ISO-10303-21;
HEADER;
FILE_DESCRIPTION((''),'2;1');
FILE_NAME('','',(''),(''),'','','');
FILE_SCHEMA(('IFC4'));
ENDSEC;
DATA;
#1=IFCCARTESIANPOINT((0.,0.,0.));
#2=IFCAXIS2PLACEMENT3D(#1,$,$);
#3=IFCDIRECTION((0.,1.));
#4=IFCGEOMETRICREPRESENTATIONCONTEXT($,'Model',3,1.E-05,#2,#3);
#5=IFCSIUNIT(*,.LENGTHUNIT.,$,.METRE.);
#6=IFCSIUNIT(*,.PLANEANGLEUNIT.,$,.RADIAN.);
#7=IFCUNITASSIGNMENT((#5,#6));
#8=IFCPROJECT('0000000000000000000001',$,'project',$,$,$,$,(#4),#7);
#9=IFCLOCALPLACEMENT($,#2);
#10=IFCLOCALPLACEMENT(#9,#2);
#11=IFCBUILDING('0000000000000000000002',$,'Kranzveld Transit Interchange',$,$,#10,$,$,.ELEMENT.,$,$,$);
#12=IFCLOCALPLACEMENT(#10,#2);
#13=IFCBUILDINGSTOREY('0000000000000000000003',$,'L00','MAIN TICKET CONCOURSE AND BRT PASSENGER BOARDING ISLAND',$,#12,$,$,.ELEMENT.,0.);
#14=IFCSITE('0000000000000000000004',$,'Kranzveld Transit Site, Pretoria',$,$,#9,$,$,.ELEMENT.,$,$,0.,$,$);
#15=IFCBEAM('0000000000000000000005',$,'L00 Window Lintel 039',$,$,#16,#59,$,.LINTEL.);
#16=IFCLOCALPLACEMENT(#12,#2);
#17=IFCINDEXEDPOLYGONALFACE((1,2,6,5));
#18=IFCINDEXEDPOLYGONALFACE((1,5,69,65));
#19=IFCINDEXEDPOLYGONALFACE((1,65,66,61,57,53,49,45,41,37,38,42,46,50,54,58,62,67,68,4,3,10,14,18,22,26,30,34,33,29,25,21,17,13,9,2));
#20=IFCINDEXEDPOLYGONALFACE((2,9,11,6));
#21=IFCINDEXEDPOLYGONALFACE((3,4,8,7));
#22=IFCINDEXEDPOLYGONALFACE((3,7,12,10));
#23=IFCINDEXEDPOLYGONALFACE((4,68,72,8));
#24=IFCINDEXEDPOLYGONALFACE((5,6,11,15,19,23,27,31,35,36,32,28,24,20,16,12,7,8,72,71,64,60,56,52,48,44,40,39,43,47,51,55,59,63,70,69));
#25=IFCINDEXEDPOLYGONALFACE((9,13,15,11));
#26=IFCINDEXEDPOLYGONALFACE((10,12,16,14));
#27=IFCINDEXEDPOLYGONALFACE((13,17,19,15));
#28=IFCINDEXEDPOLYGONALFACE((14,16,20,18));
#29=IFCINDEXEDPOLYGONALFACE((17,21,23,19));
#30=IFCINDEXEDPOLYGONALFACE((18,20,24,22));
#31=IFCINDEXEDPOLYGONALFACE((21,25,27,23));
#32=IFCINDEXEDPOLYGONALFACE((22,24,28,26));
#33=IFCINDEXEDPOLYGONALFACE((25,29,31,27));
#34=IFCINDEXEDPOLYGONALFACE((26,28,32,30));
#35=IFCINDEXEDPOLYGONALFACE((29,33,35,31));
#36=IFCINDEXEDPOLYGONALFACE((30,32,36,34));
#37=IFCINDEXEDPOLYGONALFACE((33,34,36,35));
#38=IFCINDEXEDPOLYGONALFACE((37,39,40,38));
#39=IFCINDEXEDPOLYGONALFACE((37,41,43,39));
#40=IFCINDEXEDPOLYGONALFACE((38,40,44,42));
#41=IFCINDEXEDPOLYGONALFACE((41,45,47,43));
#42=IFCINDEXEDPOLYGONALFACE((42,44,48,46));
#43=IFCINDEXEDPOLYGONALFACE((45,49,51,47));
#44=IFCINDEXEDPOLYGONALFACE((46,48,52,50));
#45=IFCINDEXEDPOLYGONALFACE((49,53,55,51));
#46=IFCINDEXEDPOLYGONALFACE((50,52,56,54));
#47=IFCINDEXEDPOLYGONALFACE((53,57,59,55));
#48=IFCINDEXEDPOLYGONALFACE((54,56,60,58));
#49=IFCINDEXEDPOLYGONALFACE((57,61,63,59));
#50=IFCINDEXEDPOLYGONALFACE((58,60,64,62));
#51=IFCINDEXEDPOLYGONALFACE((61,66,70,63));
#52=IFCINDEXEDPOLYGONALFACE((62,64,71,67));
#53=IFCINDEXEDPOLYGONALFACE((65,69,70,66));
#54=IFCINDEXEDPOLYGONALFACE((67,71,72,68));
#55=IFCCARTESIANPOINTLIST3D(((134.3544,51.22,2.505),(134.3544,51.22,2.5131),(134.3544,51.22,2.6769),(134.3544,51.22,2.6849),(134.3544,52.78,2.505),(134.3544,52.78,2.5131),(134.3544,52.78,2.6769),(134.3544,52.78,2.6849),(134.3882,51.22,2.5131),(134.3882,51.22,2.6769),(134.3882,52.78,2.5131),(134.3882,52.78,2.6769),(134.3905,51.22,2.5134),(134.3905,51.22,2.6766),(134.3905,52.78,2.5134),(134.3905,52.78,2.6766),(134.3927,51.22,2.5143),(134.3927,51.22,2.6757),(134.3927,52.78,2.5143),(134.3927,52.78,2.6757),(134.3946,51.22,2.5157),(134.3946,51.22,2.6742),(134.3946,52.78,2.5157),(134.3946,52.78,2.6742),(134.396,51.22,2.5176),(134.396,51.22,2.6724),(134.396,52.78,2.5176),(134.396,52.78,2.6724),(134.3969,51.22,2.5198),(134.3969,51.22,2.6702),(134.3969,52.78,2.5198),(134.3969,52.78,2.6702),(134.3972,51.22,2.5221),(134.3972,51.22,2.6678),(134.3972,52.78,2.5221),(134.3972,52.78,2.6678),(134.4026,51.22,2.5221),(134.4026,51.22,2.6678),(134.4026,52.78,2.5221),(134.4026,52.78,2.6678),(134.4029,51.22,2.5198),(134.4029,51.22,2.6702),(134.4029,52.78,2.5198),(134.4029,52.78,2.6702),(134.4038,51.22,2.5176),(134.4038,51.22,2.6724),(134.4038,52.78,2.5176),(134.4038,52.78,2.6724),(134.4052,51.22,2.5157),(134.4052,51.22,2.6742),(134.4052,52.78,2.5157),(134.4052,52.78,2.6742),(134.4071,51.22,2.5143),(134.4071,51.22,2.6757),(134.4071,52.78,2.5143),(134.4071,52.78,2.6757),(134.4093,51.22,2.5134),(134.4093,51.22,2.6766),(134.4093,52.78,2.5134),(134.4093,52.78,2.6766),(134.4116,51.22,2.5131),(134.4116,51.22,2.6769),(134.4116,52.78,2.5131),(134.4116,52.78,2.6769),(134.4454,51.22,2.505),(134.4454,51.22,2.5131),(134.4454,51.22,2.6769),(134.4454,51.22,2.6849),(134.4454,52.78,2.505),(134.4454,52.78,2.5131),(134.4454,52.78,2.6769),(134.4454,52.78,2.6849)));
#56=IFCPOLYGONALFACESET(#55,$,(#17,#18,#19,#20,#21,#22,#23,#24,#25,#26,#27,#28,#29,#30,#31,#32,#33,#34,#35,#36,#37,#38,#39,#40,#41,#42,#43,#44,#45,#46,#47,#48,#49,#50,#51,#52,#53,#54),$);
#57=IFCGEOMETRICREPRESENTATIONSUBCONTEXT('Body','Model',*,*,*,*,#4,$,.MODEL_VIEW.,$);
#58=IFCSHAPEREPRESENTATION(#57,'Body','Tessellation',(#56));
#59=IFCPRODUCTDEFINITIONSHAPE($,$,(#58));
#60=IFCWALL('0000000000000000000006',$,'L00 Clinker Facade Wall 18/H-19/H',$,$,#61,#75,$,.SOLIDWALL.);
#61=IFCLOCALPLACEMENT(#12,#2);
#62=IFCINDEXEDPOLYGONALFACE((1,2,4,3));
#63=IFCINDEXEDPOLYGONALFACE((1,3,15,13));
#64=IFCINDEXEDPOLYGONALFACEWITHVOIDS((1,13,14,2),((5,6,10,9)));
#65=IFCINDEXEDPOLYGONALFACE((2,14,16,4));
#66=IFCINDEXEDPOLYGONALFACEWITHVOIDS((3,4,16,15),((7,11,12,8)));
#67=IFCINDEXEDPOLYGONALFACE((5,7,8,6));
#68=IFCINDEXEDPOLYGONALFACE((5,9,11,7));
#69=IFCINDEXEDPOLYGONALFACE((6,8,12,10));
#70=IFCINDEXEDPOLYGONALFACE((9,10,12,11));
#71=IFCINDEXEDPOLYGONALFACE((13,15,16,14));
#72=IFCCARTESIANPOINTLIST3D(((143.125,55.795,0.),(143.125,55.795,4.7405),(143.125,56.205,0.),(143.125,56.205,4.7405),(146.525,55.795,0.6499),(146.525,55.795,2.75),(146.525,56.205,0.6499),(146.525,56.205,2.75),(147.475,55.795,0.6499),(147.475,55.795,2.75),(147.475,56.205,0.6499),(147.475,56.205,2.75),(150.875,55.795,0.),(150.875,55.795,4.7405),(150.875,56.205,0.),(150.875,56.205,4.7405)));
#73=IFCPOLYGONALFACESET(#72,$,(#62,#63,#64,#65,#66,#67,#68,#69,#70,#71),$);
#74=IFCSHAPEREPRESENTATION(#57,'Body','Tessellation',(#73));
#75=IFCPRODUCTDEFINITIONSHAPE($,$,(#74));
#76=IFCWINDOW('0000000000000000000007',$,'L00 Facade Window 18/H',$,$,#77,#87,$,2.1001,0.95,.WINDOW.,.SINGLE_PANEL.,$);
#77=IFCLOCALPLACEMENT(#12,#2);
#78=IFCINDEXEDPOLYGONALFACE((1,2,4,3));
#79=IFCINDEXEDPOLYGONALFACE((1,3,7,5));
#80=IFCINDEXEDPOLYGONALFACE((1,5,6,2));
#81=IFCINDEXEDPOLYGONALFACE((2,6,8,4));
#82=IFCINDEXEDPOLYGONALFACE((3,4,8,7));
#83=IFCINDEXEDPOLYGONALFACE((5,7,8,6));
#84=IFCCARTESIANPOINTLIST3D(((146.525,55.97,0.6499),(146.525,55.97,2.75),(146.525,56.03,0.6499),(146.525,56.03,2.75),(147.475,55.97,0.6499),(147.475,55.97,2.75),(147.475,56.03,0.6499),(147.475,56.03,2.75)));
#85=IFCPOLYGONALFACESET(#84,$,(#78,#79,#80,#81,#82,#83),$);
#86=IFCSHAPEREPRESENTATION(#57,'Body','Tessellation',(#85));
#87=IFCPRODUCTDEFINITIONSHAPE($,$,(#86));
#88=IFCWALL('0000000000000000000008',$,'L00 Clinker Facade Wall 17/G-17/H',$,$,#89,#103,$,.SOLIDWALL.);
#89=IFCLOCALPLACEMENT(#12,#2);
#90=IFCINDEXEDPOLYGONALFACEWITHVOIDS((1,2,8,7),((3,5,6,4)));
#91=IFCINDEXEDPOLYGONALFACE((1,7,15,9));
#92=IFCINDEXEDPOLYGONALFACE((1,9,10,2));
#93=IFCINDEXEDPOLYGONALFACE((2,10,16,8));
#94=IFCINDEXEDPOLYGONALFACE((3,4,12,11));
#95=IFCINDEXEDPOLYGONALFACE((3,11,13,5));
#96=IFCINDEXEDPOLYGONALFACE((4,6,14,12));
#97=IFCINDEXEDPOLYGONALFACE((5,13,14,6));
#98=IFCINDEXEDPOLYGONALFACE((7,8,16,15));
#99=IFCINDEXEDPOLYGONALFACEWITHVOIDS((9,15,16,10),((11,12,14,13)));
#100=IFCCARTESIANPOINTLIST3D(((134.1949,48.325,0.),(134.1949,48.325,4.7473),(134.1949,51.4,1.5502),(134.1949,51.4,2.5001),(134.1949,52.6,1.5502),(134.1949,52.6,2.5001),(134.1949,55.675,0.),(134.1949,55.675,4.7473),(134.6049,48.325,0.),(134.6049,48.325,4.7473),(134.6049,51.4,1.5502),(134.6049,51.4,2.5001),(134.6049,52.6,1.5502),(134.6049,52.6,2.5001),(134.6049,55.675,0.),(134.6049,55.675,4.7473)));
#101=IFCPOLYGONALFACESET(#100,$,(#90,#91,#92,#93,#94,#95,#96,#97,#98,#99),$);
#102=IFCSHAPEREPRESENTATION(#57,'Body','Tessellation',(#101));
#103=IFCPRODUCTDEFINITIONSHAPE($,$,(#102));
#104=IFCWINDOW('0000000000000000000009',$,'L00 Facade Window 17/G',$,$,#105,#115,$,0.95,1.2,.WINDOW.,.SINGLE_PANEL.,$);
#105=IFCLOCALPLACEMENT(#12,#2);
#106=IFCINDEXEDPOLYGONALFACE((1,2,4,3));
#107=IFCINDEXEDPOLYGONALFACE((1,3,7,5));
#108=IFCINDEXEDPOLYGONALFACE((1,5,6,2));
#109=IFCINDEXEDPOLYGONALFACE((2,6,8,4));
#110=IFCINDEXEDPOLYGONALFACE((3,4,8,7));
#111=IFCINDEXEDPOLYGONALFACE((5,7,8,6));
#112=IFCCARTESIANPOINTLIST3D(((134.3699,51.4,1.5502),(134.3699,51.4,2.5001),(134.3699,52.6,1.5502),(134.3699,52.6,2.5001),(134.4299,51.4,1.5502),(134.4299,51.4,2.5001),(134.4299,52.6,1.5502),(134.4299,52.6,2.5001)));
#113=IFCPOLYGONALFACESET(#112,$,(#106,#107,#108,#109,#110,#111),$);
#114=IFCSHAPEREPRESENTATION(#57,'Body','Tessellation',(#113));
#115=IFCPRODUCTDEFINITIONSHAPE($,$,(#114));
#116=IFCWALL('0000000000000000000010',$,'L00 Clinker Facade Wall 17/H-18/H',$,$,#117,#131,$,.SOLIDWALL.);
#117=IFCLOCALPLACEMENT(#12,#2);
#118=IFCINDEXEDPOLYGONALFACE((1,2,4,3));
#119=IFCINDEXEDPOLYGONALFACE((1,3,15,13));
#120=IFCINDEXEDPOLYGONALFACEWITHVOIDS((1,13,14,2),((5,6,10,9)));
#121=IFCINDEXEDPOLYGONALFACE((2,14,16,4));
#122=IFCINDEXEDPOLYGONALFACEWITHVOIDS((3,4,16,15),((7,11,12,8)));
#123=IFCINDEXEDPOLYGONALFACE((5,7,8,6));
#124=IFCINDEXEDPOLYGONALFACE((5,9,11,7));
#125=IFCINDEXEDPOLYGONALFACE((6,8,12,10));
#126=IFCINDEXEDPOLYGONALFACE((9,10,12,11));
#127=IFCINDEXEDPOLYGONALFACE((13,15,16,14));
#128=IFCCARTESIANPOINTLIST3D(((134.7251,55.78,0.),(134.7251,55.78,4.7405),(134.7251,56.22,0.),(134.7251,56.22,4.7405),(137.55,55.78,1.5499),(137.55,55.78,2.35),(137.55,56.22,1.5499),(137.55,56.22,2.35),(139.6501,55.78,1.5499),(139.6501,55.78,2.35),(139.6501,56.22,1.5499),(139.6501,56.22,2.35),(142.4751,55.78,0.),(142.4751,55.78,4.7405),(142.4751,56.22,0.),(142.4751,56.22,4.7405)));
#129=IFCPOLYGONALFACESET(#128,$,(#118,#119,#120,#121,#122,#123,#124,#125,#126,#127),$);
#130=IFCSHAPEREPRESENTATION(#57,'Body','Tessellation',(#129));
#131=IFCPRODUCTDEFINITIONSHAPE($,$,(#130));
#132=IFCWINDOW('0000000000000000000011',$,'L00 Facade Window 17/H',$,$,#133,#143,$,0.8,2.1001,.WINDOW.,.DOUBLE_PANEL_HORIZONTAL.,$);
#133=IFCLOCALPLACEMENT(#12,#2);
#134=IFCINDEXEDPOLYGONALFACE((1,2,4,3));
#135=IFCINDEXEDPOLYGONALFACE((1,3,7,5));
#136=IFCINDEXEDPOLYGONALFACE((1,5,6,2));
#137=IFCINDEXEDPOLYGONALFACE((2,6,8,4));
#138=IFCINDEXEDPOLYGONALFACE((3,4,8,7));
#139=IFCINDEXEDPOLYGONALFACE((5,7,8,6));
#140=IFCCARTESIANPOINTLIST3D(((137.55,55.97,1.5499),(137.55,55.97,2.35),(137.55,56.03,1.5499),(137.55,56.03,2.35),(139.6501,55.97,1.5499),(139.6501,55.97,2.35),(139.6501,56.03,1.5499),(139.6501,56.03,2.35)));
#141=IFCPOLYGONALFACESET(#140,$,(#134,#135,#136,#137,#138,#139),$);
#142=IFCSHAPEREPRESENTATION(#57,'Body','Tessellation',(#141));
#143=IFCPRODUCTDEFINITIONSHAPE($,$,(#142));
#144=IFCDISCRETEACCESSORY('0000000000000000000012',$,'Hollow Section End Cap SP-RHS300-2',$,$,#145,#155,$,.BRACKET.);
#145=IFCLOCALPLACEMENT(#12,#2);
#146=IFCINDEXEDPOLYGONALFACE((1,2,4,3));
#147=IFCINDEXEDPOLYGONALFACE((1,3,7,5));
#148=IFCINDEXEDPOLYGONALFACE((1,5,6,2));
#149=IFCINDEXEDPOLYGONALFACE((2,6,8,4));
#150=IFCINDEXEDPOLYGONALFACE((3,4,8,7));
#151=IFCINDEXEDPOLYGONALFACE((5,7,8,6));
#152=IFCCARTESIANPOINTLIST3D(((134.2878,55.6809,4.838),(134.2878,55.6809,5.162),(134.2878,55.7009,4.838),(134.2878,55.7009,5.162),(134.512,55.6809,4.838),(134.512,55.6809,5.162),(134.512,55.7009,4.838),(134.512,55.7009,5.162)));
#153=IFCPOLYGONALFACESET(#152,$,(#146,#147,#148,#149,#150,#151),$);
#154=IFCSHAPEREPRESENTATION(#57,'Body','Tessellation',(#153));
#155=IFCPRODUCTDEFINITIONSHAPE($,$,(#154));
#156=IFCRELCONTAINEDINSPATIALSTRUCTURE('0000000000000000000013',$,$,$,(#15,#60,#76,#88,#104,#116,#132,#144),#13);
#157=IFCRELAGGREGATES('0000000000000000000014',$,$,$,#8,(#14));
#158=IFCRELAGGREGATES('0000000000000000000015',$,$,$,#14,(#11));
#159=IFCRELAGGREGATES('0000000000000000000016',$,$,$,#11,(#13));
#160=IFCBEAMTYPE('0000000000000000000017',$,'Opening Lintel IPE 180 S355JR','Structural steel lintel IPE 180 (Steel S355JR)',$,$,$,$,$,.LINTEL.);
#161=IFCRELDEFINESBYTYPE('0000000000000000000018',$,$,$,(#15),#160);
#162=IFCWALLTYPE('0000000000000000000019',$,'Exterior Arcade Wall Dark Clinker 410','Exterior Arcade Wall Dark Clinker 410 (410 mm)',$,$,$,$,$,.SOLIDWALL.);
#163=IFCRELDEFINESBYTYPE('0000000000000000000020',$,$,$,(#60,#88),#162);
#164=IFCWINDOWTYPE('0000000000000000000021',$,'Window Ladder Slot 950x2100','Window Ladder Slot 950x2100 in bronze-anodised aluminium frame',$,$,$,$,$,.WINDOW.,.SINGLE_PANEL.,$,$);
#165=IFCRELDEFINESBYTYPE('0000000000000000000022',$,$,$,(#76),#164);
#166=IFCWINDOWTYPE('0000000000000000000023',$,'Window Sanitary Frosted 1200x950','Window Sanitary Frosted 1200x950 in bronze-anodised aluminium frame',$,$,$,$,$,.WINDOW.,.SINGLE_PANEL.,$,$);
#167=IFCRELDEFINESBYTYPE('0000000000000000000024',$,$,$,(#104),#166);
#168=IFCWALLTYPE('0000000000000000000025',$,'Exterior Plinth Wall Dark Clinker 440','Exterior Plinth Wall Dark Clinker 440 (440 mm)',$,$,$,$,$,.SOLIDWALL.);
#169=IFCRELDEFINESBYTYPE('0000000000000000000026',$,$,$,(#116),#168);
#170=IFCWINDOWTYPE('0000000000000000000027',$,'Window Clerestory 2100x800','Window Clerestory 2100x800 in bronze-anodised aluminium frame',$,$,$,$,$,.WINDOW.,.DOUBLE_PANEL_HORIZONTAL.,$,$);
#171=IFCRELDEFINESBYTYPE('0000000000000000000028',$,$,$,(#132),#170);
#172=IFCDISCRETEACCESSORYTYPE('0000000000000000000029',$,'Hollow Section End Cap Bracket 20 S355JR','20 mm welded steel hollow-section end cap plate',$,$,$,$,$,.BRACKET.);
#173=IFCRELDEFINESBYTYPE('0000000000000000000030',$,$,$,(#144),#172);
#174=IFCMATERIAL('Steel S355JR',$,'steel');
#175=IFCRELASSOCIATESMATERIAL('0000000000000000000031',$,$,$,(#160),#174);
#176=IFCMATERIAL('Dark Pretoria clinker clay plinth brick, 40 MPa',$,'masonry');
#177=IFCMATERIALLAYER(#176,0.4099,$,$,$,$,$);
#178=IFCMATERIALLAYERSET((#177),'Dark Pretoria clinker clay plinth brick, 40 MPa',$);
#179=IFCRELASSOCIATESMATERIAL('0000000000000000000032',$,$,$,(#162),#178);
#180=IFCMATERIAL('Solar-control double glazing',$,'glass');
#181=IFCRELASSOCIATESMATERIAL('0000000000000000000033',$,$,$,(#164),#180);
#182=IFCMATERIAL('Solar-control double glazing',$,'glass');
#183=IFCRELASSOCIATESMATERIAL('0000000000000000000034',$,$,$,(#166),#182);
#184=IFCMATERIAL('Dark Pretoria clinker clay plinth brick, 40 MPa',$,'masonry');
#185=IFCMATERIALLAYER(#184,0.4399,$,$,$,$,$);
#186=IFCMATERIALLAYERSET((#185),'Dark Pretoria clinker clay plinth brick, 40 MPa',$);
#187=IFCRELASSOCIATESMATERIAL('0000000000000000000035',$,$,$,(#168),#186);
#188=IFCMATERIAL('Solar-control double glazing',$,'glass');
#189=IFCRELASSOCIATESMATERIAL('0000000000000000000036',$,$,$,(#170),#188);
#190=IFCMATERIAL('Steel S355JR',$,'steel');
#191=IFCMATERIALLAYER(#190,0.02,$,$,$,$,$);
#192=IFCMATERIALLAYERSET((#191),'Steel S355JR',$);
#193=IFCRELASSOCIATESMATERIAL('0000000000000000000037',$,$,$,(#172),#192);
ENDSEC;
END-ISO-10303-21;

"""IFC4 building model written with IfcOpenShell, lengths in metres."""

from ifc_helpers import new_model, si_unit, direction, frame, frame_2d, origin, origin_2d, place, context, subcontext, project, spatial, rectangle, i_section, extrude, material, layer, layer_set, material_profile, profile_set, type_object, element, fill, save


model = new_model("IFC4")

# Units and contexts
model_context = context("Model", 3, precision=1e-05, world=origin(), true_north=direction((0.0, 1.0)))
body_context = subcontext(model_context, "Body", "Model", "MODEL_VIEW")
ifc_project = project(units=[si_unit("LENGTHUNIT", "METRE"), si_unit("PLANEANGLEUNIT", "RADIAN")], contexts=[model_context])

# Site, building, storey
site_placement = place(None, origin())
site = spatial("IfcSite", under=ifc_project, at=site_placement, Name="Kranzveld Transit Site, Pretoria", CompositionType="ELEMENT", RefElevation=0.0)
building_placement = place(site_placement, origin())
building = spatial("IfcBuilding", under=site, at=building_placement, Name="Kranzveld Transit Interchange", CompositionType="ELEMENT")
storey_placement = place(building_placement, origin())
storey = spatial("IfcBuildingStorey", under=building, at=storey_placement, Name="L00", Description="MAIN TICKET CONCOURSE AND BRT PASSENGER BOARDING ISLAND", CompositionType="ELEMENT", Elevation=0.0)

# Beam
ifc_material_1 = material(Name="Steel S355JR", Category="steel")
ifc_material_profile_1 = material_profile(ifc_material_1, i_section(OverallWidth=0.0911, OverallDepth=0.1799, WebThickness=0.0054, FlangeThickness=0.0081, FilletRadius=0.009, at=origin_2d()), Name="IPE 180")
ifc_profile_set_1 = profile_set([ifc_material_profile_1], Name="Steel S355JR")
beam_type_1 = type_object("IfcBeamType", Name="Opening Lintel IPE 180 S355JR", Description="Structural steel lintel IPE 180 (Steel S355JR)", PredefinedType="LINTEL", material=ifc_profile_set_1)
beam_1_placement = place(storey_placement, frame((134.3999, 51.22, 2.595), z_axis=(0.0, 1.0, 0.0), x_axis=(-1.0, 0.0, 0.0)))
element("IfcBeam", 1, at=beam_1_placement, inside=storey, type_object=beam_type_1, Name="L00 Window Lintel 039", PredefinedType="LINTEL", context=body_context, shape_type="SweptSolid", body=[
    extrude(i_section(OverallWidth=0.0911, OverallDepth=0.1799, WebThickness=0.0054, FlangeThickness=0.0081, FilletRadius=0.009, at=origin_2d()), origin(), (0.0, 0.0, 1.0), 1.5601),
])

# Walls, openings, windows
ifc_material_2 = material(Name="Dark Pretoria clinker clay plinth brick, 40 MPa", Category="masonry")
ifc_layer_1 = layer(ifc_material_2, 0.4099)
ifc_layer_set_1 = layer_set([ifc_layer_1], Name="Dark Pretoria clinker clay plinth brick, 40 MPa")
wall_type_1 = type_object("IfcWallType", Name="Exterior Arcade Wall Dark Clinker 410", Description="Exterior Arcade Wall Dark Clinker 410 (410 mm)", PredefinedType="SOLIDWALL", material=ifc_layer_set_1)
wall_1_placement = place(storey_placement, frame((143.125, 56.0, 0.0), z_axis=(0.0, 0.0, 1.0), x_axis=(1.0, 0.0, 0.0)))
wall_1 = element("IfcWall", 2, at=wall_1_placement, inside=storey, type_object=wall_type_1, Name="L00 Clinker Facade Wall 18/H-19/H", PredefinedType="SOLIDWALL", context=body_context, shape_type="SweptSolid", body=[
    extrude(rectangle(XDim=7.75, YDim=0.4099, at=frame_2d((3.875, 0.0))), origin(), (0.0, 0.0, 1.0), 4.7405),
])
opening_1_placement = place(wall_1_placement, frame((3.3999, 0.0, 0.6499), z_axis=(0.0, 0.0, 1.0), x_axis=(1.0, 0.0, 0.0)))
opening_1 = element("IfcOpeningElement", 3, at=opening_1_placement, cuts=wall_1, PredefinedType="OPENING", context=body_context, shape_type="SweptSolid", body=[
    extrude(rectangle(XDim=0.95, YDim=2.1001, at=frame_2d((0.4751, 1.05))), frame((0.0, 0.2148, 0.0), z_axis=(0.0, -1.0, 0.0), x_axis=(1.0, 0.0, 0.0)), (0.0, 0.0, 1.0), 0.4299),
])
ifc_material_3 = material(Name="Solar-control double glazing", Category="glass")
window_type_1 = type_object("IfcWindowType", Name="Window Ladder Slot 950x2100", Description="Window Ladder Slot 950x2100 in bronze-anodised aluminium frame", PartitioningType="SINGLE_PANEL", PredefinedType="WINDOW", material=ifc_material_3)
window_1_placement = place(opening_1_placement, origin())
window_1 = element("IfcWindow", 4, at=window_1_placement, inside=storey, type_object=window_type_1, Name="L00 Facade Window 18/H", OverallHeight=2.1001, OverallWidth=0.95, PartitioningType="SINGLE_PANEL", PredefinedType="WINDOW", context=body_context, shape_type="SweptSolid", body=[
    extrude(rectangle(XDim=0.95, YDim=2.1001, at=frame_2d((0.4751, 1.05))), frame((0.0, 0.03, 0.0), z_axis=(0.0, -1.0, 0.0), x_axis=(1.0, 0.0, 0.0)), (0.0, 0.0, 1.0), 0.0601),
])
fill(opening_1, window_1)
wall_2_placement = place(storey_placement, frame((134.3999, 48.325, 0.0), z_axis=(0.0, 0.0, 1.0), x_axis=(0.0, 1.0, 0.0)))
wall_2 = element("IfcWall", 5, at=wall_2_placement, inside=storey, type_object=wall_type_1, Name="L00 Clinker Facade Wall 17/G-17/H", PredefinedType="SOLIDWALL", context=body_context, shape_type="SweptSolid", body=[
    extrude(rectangle(XDim=7.3501, YDim=0.4099, at=frame_2d((3.675, 0.0))), origin(), (0.0, 0.0, 1.0), 4.7473),
])
opening_2_placement = place(wall_2_placement, frame((3.075, 0.0, 1.55), z_axis=(0.0, 0.0, 1.0), x_axis=(1.0, 0.0, 0.0)))
opening_2 = element("IfcOpeningElement", 6, at=opening_2_placement, cuts=wall_2, PredefinedType="OPENING", context=body_context, shape_type="SweptSolid", body=[
    extrude(rectangle(XDim=1.2, YDim=0.95, at=frame_2d((0.6001, 0.4751))), frame((0.0, 0.2148, 0.0), z_axis=(0.0, -1.0, 0.0), x_axis=(1.0, 0.0, 0.0)), (0.0, 0.0, 1.0), 0.4299),
])
ifc_material_4 = material(Name="Solar-control double glazing", Category="glass")
window_type_2 = type_object("IfcWindowType", Name="Window Sanitary Frosted 1200x950", Description="Window Sanitary Frosted 1200x950 in bronze-anodised aluminium frame", PartitioningType="SINGLE_PANEL", PredefinedType="WINDOW", material=ifc_material_4)
window_2_placement = place(opening_2_placement, origin())
window_2 = element("IfcWindow", 7, at=window_2_placement, inside=storey, type_object=window_type_2, Name="L00 Facade Window 17/G", OverallHeight=0.95, OverallWidth=1.2, PartitioningType="SINGLE_PANEL", PredefinedType="WINDOW", context=body_context, shape_type="SweptSolid", body=[
    extrude(rectangle(XDim=1.2, YDim=0.95, at=frame_2d((0.6001, 0.4751))), frame((0.0, 0.03, 0.0), z_axis=(0.0, -1.0, 0.0), x_axis=(1.0, 0.0, 0.0)), (0.0, 0.0, 1.0), 0.0601),
])
fill(opening_2, window_2)
ifc_material_5 = material(Name="Dark Pretoria clinker clay plinth brick, 40 MPa", Category="masonry")
ifc_layer_2 = layer(ifc_material_5, 0.4399)
ifc_layer_set_2 = layer_set([ifc_layer_2], Name="Dark Pretoria clinker clay plinth brick, 40 MPa")
wall_type_2 = type_object("IfcWallType", Name="Exterior Plinth Wall Dark Clinker 440", Description="Exterior Plinth Wall Dark Clinker 440 (440 mm)", PredefinedType="SOLIDWALL", material=ifc_layer_set_2)
wall_3_placement = place(storey_placement, frame((134.7251, 56.0, 0.0), z_axis=(0.0, 0.0, 1.0), x_axis=(1.0, 0.0, 0.0)))
wall_3 = element("IfcWall", 8, at=wall_3_placement, inside=storey, type_object=wall_type_2, Name="L00 Clinker Facade Wall 17/H-18/H", PredefinedType="SOLIDWALL", context=body_context, shape_type="SweptSolid", body=[
    extrude(rectangle(XDim=7.75, YDim=0.4399, at=frame_2d((3.875, 0.0))), origin(), (0.0, 0.0, 1.0), 4.7405),
])
opening_3_placement = place(wall_3_placement, frame((2.825, 0.0, 1.55), z_axis=(0.0, 0.0, 1.0), x_axis=(1.0, 0.0, 0.0)))
opening_3 = element("IfcOpeningElement", 9, at=opening_3_placement, cuts=wall_3, PredefinedType="OPENING", context=body_context, shape_type="SweptSolid", body=[
    extrude(rectangle(XDim=2.1001, YDim=0.8, at=frame_2d((1.05, 0.3999))), frame((0.0, 0.23, 0.0), z_axis=(0.0, -1.0, 0.0), x_axis=(1.0, 0.0, 0.0)), (0.0, 0.0, 1.0), 0.46),
])
ifc_material_6 = material(Name="Solar-control double glazing", Category="glass")
window_type_3 = type_object("IfcWindowType", Name="Window Clerestory 2100x800", Description="Window Clerestory 2100x800 in bronze-anodised aluminium frame", PartitioningType="DOUBLE_PANEL_HORIZONTAL", PredefinedType="WINDOW", material=ifc_material_6)
window_3_placement = place(opening_3_placement, origin())
window_3 = element("IfcWindow", 10, at=window_3_placement, inside=storey, type_object=window_type_3, Name="L00 Facade Window 17/H", OverallHeight=0.8, OverallWidth=2.1001, PartitioningType="DOUBLE_PANEL_HORIZONTAL", PredefinedType="WINDOW", context=body_context, shape_type="SweptSolid", body=[
    extrude(rectangle(XDim=2.1001, YDim=0.8, at=frame_2d((1.05, 0.3999))), frame((0.0, 0.03, 0.0), z_axis=(0.0, -1.0, 0.0), x_axis=(1.0, 0.0, 0.0)), (0.0, 0.0, 1.0), 0.0601),
])
fill(opening_3, window_3)

# Discrete accessory
ifc_material_7 = material(Name="Steel S355JR", Category="steel")
ifc_layer_3 = layer(ifc_material_7, 0.02)
ifc_layer_set_3 = layer_set([ifc_layer_3], Name="Steel S355JR")
discrete_accessory_type = type_object("IfcDiscreteAccessoryType", Name="Hollow Section End Cap Bracket 20 S355JR", Description="20 mm welded steel hollow-section end cap plate", PredefinedType="BRACKET", material=ifc_layer_set_3)
discrete_accessory_placement = place(storey_placement, frame((134.3999, 55.6809, 5.0), z_axis=(0.0, 1.0, 0.0), x_axis=(-1.0, 0.0, 0.0)))
element("IfcDiscreteAccessory", 11, at=discrete_accessory_placement, inside=storey, type_object=discrete_accessory_type, Name="Hollow Section End Cap SP-RHS300-2", PredefinedType="BRACKET", context=body_context, shape_type="SweptSolid", body=[
    extrude(rectangle(XDim=0.2241, YDim=0.324, at=origin_2d()), origin(), (0.0, 0.0, 1.0), 0.02),
])

save(model, "model.ifc")
